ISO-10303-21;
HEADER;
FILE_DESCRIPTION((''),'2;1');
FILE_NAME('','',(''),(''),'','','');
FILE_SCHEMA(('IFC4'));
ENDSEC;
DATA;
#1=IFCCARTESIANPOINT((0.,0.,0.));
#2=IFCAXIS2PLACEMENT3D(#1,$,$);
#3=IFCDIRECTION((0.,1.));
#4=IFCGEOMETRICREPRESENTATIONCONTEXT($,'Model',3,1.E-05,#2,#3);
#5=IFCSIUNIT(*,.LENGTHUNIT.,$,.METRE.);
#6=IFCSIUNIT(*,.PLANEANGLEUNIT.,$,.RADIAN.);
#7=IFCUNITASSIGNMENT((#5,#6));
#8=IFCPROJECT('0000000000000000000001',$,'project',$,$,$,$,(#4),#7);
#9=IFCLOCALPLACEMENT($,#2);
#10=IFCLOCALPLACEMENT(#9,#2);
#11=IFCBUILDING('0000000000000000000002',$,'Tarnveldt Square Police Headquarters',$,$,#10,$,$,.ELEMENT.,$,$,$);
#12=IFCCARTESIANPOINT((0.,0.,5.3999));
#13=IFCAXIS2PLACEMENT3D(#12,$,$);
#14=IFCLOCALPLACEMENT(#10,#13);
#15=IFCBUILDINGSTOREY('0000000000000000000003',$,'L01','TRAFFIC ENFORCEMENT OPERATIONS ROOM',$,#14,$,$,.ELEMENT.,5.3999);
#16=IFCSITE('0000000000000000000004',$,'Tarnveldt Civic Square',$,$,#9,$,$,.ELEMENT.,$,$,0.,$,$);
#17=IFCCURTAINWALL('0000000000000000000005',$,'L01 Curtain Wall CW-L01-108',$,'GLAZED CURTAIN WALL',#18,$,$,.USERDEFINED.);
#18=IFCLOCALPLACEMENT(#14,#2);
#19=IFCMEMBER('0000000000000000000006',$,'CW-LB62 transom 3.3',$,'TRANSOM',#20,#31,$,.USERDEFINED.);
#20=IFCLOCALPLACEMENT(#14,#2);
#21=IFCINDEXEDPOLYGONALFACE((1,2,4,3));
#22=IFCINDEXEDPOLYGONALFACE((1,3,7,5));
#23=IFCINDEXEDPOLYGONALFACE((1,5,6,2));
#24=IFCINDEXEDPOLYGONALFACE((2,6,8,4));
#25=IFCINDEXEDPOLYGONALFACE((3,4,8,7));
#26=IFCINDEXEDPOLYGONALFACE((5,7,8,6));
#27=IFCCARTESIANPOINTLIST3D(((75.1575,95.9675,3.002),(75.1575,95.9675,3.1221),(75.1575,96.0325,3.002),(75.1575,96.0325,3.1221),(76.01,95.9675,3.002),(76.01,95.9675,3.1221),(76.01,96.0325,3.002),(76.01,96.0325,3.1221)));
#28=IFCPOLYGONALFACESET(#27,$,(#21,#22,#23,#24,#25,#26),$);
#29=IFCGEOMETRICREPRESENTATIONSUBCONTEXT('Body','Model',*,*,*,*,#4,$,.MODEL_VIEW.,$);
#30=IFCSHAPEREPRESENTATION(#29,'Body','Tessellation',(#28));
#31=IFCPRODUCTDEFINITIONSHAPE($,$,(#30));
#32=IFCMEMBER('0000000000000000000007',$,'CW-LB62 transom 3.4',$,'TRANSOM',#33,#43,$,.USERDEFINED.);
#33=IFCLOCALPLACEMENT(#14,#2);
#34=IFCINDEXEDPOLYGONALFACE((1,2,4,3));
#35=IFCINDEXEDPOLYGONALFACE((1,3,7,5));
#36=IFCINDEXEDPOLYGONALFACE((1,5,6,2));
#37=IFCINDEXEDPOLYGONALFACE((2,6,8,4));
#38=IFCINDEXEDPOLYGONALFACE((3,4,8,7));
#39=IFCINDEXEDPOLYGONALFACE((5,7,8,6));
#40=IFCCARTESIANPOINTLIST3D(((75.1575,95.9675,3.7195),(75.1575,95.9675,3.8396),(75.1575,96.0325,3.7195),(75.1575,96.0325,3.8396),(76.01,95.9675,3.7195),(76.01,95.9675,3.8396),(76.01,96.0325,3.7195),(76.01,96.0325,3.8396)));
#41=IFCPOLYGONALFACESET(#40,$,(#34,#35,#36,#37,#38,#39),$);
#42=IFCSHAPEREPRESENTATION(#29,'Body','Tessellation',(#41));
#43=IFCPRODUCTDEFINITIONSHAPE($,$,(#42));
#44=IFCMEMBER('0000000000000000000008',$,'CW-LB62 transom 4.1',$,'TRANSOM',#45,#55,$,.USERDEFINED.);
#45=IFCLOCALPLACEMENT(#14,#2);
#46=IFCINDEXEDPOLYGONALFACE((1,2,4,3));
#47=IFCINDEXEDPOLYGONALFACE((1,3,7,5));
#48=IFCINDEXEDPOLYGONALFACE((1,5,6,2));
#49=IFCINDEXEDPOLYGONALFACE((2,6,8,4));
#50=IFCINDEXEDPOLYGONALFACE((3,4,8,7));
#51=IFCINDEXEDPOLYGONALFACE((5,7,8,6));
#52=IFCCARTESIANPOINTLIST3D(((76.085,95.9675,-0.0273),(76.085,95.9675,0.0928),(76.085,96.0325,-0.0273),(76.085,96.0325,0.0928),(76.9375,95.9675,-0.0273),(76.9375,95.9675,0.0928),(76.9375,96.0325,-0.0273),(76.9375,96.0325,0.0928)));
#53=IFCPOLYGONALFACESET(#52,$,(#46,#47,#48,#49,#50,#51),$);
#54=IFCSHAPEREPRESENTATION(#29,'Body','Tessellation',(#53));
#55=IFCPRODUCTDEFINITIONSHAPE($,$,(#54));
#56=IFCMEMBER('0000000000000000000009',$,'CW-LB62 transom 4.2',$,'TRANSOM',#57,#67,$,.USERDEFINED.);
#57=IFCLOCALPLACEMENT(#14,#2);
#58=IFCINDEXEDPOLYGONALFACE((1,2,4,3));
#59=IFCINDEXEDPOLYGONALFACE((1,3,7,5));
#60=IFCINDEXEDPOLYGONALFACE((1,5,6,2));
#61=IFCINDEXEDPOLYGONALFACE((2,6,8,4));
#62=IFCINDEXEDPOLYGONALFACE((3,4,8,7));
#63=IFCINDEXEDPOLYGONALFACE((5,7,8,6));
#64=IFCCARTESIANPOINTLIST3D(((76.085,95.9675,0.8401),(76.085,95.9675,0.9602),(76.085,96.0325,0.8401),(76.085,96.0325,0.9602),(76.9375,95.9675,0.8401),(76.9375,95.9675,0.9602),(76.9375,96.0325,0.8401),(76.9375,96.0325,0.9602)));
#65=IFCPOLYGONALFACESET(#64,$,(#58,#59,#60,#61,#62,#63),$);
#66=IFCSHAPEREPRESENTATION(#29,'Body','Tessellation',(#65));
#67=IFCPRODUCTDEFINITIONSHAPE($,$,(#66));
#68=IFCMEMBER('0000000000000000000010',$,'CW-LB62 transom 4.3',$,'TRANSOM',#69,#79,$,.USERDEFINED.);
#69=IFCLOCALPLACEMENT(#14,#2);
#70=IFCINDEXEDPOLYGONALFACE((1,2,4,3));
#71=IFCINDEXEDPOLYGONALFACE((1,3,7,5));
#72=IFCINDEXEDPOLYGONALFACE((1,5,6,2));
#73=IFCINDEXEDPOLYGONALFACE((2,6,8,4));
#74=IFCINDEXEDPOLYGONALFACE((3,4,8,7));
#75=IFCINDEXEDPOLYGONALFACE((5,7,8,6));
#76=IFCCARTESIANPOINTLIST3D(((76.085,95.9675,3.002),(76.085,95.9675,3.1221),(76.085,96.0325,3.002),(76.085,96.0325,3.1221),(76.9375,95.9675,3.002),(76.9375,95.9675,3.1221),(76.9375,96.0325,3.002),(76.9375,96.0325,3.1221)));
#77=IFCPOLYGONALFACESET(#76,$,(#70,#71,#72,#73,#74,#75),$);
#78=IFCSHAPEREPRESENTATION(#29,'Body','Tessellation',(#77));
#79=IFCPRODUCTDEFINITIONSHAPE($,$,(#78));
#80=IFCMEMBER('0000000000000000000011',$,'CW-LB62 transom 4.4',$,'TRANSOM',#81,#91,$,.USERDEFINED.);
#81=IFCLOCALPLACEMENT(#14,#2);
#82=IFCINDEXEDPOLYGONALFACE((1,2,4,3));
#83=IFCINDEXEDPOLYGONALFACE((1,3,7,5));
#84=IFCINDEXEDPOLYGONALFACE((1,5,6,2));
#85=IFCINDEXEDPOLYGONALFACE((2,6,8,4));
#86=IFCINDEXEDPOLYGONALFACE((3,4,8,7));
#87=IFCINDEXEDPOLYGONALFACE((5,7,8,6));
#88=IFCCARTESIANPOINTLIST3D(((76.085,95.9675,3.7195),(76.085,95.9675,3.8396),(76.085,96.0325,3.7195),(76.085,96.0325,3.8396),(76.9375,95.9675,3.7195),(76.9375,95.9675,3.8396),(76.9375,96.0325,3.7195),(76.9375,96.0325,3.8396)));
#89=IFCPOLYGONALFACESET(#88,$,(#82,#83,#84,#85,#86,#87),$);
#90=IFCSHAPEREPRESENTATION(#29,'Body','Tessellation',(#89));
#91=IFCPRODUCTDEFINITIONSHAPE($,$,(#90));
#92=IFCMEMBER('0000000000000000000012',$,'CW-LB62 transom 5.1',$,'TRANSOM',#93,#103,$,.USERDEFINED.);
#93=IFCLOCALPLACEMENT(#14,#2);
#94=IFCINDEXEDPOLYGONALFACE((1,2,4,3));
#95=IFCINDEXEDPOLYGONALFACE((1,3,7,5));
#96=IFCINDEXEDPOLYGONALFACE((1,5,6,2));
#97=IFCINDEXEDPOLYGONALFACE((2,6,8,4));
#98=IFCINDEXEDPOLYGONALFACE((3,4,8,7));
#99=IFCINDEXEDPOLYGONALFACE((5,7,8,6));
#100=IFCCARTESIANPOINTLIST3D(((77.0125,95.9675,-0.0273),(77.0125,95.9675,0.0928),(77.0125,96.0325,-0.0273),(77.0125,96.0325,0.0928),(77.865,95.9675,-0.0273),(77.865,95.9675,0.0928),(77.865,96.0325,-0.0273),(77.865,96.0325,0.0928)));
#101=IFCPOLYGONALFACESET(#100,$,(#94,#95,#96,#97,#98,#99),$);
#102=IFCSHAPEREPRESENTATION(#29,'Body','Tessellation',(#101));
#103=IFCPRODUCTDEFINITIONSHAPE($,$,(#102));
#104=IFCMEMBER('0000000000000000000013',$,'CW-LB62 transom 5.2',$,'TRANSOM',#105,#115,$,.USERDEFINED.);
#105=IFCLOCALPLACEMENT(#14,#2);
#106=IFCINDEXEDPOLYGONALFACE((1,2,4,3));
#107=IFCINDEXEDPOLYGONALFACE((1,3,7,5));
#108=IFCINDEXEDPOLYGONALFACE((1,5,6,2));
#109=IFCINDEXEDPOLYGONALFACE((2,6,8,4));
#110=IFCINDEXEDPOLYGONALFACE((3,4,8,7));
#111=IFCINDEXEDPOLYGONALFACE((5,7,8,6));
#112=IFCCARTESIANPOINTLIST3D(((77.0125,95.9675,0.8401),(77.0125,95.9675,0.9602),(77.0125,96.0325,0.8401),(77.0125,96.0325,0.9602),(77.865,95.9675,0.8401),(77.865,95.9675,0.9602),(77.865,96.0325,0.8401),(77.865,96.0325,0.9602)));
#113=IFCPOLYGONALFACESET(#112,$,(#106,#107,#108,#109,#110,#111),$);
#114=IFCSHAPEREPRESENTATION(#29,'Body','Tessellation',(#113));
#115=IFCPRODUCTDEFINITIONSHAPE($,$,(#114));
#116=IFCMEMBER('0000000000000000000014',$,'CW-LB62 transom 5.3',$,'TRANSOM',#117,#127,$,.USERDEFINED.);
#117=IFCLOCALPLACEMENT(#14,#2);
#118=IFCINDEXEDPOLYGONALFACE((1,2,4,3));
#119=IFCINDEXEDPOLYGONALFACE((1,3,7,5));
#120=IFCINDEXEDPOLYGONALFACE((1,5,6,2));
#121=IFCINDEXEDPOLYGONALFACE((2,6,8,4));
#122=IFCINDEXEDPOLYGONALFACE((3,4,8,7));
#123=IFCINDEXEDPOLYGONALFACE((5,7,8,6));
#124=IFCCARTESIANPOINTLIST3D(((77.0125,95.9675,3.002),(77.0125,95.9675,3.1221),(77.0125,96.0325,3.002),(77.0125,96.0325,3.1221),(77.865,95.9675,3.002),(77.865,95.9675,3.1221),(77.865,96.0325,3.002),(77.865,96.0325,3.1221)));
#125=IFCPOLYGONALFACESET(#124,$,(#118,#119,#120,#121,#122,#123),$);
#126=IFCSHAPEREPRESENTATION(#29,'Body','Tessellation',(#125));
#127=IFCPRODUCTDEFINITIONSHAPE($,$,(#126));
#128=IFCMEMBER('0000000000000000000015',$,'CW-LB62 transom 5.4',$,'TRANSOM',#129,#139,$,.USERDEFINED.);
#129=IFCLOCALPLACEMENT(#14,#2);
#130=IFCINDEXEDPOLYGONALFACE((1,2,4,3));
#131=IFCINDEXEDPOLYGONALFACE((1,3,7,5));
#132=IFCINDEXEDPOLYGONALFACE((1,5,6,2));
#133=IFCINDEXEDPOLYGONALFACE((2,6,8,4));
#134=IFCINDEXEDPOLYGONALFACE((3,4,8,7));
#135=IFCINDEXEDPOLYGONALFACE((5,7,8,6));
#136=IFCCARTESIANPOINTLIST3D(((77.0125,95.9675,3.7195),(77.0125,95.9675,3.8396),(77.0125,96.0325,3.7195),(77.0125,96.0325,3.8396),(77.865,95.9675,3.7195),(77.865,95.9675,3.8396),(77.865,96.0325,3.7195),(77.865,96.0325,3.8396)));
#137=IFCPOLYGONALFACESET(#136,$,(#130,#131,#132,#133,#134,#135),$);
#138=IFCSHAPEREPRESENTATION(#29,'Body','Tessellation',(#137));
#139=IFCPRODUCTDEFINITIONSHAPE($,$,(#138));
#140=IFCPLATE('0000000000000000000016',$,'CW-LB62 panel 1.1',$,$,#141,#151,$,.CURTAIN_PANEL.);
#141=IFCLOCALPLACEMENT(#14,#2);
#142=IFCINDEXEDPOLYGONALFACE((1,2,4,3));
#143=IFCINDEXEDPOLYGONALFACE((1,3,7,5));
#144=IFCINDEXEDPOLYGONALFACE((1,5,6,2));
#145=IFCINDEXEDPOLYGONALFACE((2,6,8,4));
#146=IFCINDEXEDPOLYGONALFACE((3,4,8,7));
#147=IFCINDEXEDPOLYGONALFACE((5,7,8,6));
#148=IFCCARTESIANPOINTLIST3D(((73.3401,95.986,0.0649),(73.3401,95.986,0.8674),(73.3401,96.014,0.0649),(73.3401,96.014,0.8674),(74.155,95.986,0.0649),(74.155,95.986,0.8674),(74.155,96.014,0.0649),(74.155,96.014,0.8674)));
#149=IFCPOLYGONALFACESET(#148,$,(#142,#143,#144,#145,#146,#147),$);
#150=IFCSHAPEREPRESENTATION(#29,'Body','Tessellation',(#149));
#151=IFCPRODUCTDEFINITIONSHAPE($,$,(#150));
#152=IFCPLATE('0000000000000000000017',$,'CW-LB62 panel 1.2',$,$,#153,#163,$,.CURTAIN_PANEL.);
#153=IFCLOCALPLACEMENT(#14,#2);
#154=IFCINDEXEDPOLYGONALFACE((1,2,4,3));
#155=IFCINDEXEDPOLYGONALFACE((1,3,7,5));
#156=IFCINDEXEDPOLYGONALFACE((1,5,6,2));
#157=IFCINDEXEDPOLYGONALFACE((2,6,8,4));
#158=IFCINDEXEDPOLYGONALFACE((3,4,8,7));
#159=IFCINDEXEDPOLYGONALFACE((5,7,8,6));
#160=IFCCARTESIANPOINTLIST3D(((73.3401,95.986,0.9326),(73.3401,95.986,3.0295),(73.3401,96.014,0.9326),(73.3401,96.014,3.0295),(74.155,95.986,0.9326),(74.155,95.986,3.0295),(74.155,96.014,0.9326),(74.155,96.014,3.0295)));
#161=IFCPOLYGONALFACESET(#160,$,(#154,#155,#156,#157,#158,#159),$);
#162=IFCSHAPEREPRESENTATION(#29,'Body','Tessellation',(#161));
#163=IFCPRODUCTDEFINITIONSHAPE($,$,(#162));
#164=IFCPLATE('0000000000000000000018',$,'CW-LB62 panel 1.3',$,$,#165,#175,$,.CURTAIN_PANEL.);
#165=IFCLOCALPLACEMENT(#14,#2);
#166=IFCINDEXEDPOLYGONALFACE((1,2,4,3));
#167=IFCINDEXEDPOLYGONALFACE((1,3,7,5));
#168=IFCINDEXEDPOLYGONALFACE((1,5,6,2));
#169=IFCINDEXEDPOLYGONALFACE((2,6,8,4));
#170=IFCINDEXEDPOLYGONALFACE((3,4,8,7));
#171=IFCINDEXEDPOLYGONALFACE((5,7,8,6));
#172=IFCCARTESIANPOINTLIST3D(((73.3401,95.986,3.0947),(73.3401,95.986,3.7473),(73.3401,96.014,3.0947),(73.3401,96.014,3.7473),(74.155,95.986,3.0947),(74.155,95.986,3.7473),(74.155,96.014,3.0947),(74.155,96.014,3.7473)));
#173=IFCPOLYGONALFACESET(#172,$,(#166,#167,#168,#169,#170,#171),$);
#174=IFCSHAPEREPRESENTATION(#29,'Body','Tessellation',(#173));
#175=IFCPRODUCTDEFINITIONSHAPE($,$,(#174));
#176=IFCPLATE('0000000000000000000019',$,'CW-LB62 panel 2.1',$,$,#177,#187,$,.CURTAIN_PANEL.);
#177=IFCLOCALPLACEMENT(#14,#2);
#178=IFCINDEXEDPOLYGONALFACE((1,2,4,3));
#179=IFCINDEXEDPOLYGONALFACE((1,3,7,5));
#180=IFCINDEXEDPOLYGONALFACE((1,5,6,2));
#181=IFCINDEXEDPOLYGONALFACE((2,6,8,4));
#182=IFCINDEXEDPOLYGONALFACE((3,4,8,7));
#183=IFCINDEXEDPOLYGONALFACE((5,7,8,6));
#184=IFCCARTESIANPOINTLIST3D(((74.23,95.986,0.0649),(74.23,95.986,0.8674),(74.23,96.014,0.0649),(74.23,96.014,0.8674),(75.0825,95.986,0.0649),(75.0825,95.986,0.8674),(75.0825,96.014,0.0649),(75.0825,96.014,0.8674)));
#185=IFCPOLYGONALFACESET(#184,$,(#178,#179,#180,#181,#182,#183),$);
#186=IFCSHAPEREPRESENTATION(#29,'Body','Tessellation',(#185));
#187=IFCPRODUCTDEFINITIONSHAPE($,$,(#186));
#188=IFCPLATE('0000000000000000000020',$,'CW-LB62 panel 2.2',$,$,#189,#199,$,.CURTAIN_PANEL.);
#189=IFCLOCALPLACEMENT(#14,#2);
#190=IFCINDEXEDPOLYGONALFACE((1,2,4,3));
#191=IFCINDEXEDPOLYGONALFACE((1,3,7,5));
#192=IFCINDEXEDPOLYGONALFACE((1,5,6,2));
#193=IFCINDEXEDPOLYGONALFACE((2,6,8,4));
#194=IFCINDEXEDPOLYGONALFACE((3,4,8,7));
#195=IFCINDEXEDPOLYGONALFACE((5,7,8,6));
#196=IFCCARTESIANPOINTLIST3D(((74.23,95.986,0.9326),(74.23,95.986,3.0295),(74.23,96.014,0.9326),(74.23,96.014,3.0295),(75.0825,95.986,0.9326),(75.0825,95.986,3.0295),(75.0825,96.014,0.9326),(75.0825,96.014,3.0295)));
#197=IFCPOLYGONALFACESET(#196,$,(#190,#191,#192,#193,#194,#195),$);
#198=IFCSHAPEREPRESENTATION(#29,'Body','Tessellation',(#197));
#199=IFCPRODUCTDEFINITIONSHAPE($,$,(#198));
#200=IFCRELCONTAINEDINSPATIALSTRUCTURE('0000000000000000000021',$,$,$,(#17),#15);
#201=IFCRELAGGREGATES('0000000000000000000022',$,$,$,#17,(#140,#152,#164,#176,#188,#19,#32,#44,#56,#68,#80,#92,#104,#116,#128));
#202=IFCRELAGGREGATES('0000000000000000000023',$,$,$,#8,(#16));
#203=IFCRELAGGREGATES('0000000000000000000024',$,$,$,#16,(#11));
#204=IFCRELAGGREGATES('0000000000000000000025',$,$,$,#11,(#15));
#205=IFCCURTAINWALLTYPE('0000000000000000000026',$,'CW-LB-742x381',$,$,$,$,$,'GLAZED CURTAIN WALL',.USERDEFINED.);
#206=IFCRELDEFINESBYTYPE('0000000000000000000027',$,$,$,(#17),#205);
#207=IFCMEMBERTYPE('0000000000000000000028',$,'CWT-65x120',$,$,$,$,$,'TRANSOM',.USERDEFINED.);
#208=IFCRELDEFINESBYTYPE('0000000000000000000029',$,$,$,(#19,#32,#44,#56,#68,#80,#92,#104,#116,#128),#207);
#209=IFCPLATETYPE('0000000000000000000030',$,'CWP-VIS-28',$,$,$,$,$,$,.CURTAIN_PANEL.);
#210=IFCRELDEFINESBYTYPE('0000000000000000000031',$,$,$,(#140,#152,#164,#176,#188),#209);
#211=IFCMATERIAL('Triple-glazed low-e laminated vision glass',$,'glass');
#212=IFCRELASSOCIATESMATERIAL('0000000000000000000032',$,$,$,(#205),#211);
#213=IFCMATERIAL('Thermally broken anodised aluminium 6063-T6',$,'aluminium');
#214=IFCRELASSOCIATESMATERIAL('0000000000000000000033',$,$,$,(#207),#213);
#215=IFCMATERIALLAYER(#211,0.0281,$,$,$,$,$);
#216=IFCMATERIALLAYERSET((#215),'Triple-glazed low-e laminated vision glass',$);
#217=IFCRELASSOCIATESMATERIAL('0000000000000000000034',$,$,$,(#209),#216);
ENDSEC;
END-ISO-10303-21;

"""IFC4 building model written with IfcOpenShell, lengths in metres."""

from ifc_helpers import new_model, si_unit, direction, frame, origin, origin_2d, place, context, subcontext, project, spatial, rectangle, extrude, material, layer, layer_set, material_profile, profile_set, type_object, element, aggregate, save


model = new_model("IFC4")

# Units and contexts
model_context = context("Model", 3, precision=1e-05, world=origin(), true_north=direction((0.0, 1.0)))
body_context = subcontext(model_context, "Body", "Model", "MODEL_VIEW")
ifc_project = project(units=[si_unit("LENGTHUNIT", "METRE"), si_unit("PLANEANGLEUNIT", "RADIAN")], contexts=[model_context])

# Site, building, storey
site_placement = place(None, origin())
site = spatial("IfcSite", under=ifc_project, at=site_placement, Name="Tarnveldt Civic Square", CompositionType="ELEMENT", RefElevation=0.0)
building_placement = place(site_placement, origin())
building = spatial("IfcBuilding", under=site, at=building_placement, Name="Tarnveldt Square Police Headquarters", CompositionType="ELEMENT")
storey_placement = place(building_placement, frame((0.0, 0.0, 5.3999)))
storey = spatial("IfcBuildingStorey", under=building, at=storey_placement, Name="L01", Description="TRAFFIC ENFORCEMENT OPERATIONS ROOM", CompositionType="ELEMENT", Elevation=5.3999)

# Curtain wall, members, plates
ifc_material_1 = material(Name="Triple-glazed low-e laminated vision glass", Category="glass")
curtain_wall_type = type_object("IfcCurtainWallType", Name="CW-LB-742x381", ElementType="GLAZED CURTAIN WALL", PredefinedType="USERDEFINED", material=ifc_material_1)
curtain_wall_placement = place(storey_placement, origin())
curtain_wall = element("IfcCurtainWall", 1, at=curtain_wall_placement, inside=storey, type_object=curtain_wall_type, Name="L01 Curtain Wall CW-L01-108", ObjectType="GLAZED CURTAIN WALL", PredefinedType="USERDEFINED")
ifc_material_2 = material(Name="Thermally broken anodised aluminium 6063-T6", Category="aluminium")
ifc_material_profile_1 = material_profile(ifc_material_2, rectangle(XDim=0.0649, YDim=0.1201, at=origin_2d()), Name="CW-T65x120")
ifc_profile_set_1 = profile_set([ifc_material_profile_1], Name="Thermally broken anodised aluminium 6063-T6")
member_type_1 = type_object("IfcMemberType", Name="CWT-65x120", ElementType="TRANSOM", PredefinedType="USERDEFINED", material=ifc_profile_set_1)
member_1_placement = place(storey_placement, frame((75.1575, 96.0, 3.062), z_axis=(1.0, 0.0, 0.0), x_axis=(0.0, 1.0, 0.0)))
member_1 = element("IfcMember", 2, at=member_1_placement, type_object=member_type_1, Name="CW-LB62 transom 3.3", ObjectType="TRANSOM", PredefinedType="USERDEFINED", context=body_context, shape_type="SweptSolid", body=[
    extrude(rectangle(XDim=0.0649, YDim=0.1201, at=origin_2d()), origin(), (0.0, 0.0, 1.0), 0.8525),
])
member_2_placement = place(storey_placement, frame((75.1575, 96.0, 3.7795), z_axis=(1.0, 0.0, 0.0), x_axis=(0.0, 1.0, 0.0)))
member_2 = element("IfcMember", 3, at=member_2_placement, type_object=member_type_1, Name="CW-LB62 transom 3.4", ObjectType="TRANSOM", PredefinedType="USERDEFINED", context=body_context, shape_type="SweptSolid", body=[
    extrude(rectangle(XDim=0.0649, YDim=0.1201, at=origin_2d()), origin(), (0.0, 0.0, 1.0), 0.8525),
])
member_3_placement = place(storey_placement, frame((76.085, 96.0, 0.0327), z_axis=(1.0, 0.0, 0.0), x_axis=(0.0, 1.0, 0.0)))
member_3 = element("IfcMember", 4, at=member_3_placement, type_object=member_type_1, Name="CW-LB62 transom 4.1", ObjectType="TRANSOM", PredefinedType="USERDEFINED", context=body_context, shape_type="SweptSolid", body=[
    extrude(rectangle(XDim=0.0649, YDim=0.1201, at=origin_2d()), origin(), (0.0, 0.0, 1.0), 0.8525),
])
member_4_placement = place(storey_placement, frame((76.085, 96.0, 0.9001), z_axis=(1.0, 0.0, 0.0), x_axis=(0.0, 1.0, 0.0)))
member_4 = element("IfcMember", 5, at=member_4_placement, type_object=member_type_1, Name="CW-LB62 transom 4.2", ObjectType="TRANSOM", PredefinedType="USERDEFINED", context=body_context, shape_type="SweptSolid", body=[
    extrude(rectangle(XDim=0.0649, YDim=0.1201, at=origin_2d()), origin(), (0.0, 0.0, 1.0), 0.8525),
])
member_5_placement = place(storey_placement, frame((76.085, 96.0, 3.062), z_axis=(1.0, 0.0, 0.0), x_axis=(0.0, 1.0, 0.0)))
member_5 = element("IfcMember", 6, at=member_5_placement, type_object=member_type_1, Name="CW-LB62 transom 4.3", ObjectType="TRANSOM", PredefinedType="USERDEFINED", context=body_context, shape_type="SweptSolid", body=[
    extrude(rectangle(XDim=0.0649, YDim=0.1201, at=origin_2d()), origin(), (0.0, 0.0, 1.0), 0.8525),
])
member_6_placement = place(storey_placement, frame((76.085, 96.0, 3.7795), z_axis=(1.0, 0.0, 0.0), x_axis=(0.0, 1.0, 0.0)))
member_6 = element("IfcMember", 7, at=member_6_placement, type_object=member_type_1, Name="CW-LB62 transom 4.4", ObjectType="TRANSOM", PredefinedType="USERDEFINED", context=body_context, shape_type="SweptSolid", body=[
    extrude(rectangle(XDim=0.0649, YDim=0.1201, at=origin_2d()), origin(), (0.0, 0.0, 1.0), 0.8525),
])
member_7_placement = place(storey_placement, frame((77.0125, 96.0, 0.0327), z_axis=(1.0, 0.0, 0.0), x_axis=(0.0, 1.0, 0.0)))
member_7 = element("IfcMember", 8, at=member_7_placement, type_object=member_type_1, Name="CW-LB62 transom 5.1", ObjectType="TRANSOM", PredefinedType="USERDEFINED", context=body_context, shape_type="SweptSolid", body=[
    extrude(rectangle(XDim=0.0649, YDim=0.1201, at=origin_2d()), origin(), (0.0, 0.0, 1.0), 0.8525),
])
member_8_placement = place(storey_placement, frame((77.0125, 96.0, 0.9001), z_axis=(1.0, 0.0, 0.0), x_axis=(0.0, 1.0, 0.0)))
member_8 = element("IfcMember", 9, at=member_8_placement, type_object=member_type_1, Name="CW-LB62 transom 5.2", ObjectType="TRANSOM", PredefinedType="USERDEFINED", context=body_context, shape_type="SweptSolid", body=[
    extrude(rectangle(XDim=0.0649, YDim=0.1201, at=origin_2d()), origin(), (0.0, 0.0, 1.0), 0.8525),
])
member_9_placement = place(storey_placement, frame((77.0125, 96.0, 3.062), z_axis=(1.0, 0.0, 0.0), x_axis=(0.0, 1.0, 0.0)))
member_9 = element("IfcMember", 10, at=member_9_placement, type_object=member_type_1, Name="CW-LB62 transom 5.3", ObjectType="TRANSOM", PredefinedType="USERDEFINED", context=body_context, shape_type="SweptSolid", body=[
    extrude(rectangle(XDim=0.0649, YDim=0.1201, at=origin_2d()), origin(), (0.0, 0.0, 1.0), 0.8525),
])
member_10_placement = place(storey_placement, frame((77.0125, 96.0, 3.7795), z_axis=(1.0, 0.0, 0.0), x_axis=(0.0, 1.0, 0.0)))
member_10 = element("IfcMember", 11, at=member_10_placement, type_object=member_type_1, Name="CW-LB62 transom 5.4", ObjectType="TRANSOM", PredefinedType="USERDEFINED", context=body_context, shape_type="SweptSolid", body=[
    extrude(rectangle(XDim=0.0649, YDim=0.1201, at=origin_2d()), origin(), (0.0, 0.0, 1.0), 0.8525),
])
ifc_layer = layer(ifc_material_1, 0.0281)
ifc_layer_set = layer_set([ifc_layer], Name="Triple-glazed low-e laminated vision glass")
plate_type = type_object("IfcPlateType", Name="CWP-VIS-28", PredefinedType="CURTAIN_PANEL", material=ifc_layer_set)
plate_1_placement = place(storey_placement, frame((73.7476, 96.0, 0.0649), z_axis=(0.0, 0.0, 1.0), x_axis=(1.0, 0.0, 0.0)))
plate_1 = element("IfcPlate", 12, at=plate_1_placement, type_object=plate_type, Name="CW-LB62 panel 1.1", PredefinedType="CURTAIN_PANEL", context=body_context, shape_type="SweptSolid", body=[
    extrude(rectangle(XDim=0.8149, YDim=0.0281, at=origin_2d()), origin(), (0.0, 0.0, 1.0), 0.8025),
])
plate_2_placement = place(storey_placement, frame((73.7476, 96.0, 0.9326), z_axis=(0.0, 0.0, 1.0), x_axis=(1.0, 0.0, 0.0)))
plate_2 = element("IfcPlate", 13, at=plate_2_placement, type_object=plate_type, Name="CW-LB62 panel 1.2", PredefinedType="CURTAIN_PANEL", context=body_context, shape_type="SweptSolid", body=[
    extrude(rectangle(XDim=0.8149, YDim=0.0281, at=origin_2d()), origin(), (0.0, 0.0, 1.0), 2.0969),
])
plate_3_placement = place(storey_placement, frame((73.7476, 96.0, 3.0947), z_axis=(0.0, 0.0, 1.0), x_axis=(1.0, 0.0, 0.0)))
plate_3 = element("IfcPlate", 14, at=plate_3_placement, type_object=plate_type, Name="CW-LB62 panel 1.3", PredefinedType="CURTAIN_PANEL", context=body_context, shape_type="SweptSolid", body=[
    extrude(rectangle(XDim=0.8149, YDim=0.0281, at=origin_2d()), origin(), (0.0, 0.0, 1.0), 0.6526),
])
plate_4_placement = place(storey_placement, frame((74.6562, 96.0, 0.0649), z_axis=(0.0, 0.0, 1.0), x_axis=(1.0, 0.0, 0.0)))
plate_4 = element("IfcPlate", 15, at=plate_4_placement, type_object=plate_type, Name="CW-LB62 panel 2.1", PredefinedType="CURTAIN_PANEL", context=body_context, shape_type="SweptSolid", body=[
    extrude(rectangle(XDim=0.8525, YDim=0.0281, at=origin_2d()), origin(), (0.0, 0.0, 1.0), 0.8025),
])
plate_5_placement = place(storey_placement, frame((74.6562, 96.0, 0.9326), z_axis=(0.0, 0.0, 1.0), x_axis=(1.0, 0.0, 0.0)))
plate_5 = element("IfcPlate", 16, at=plate_5_placement, type_object=plate_type, Name="CW-LB62 panel 2.2", PredefinedType="CURTAIN_PANEL", context=body_context, shape_type="SweptSolid", body=[
    extrude(rectangle(XDim=0.8525, YDim=0.0281, at=origin_2d()), origin(), (0.0, 0.0, 1.0), 2.0969),
])
aggregate(curtain_wall, [plate_1, plate_2, plate_3, plate_4, plate_5, member_1, member_2, member_3, member_4, member_5, member_6, member_7, member_8, member_9, member_10])

save(model, "model.ifc")
